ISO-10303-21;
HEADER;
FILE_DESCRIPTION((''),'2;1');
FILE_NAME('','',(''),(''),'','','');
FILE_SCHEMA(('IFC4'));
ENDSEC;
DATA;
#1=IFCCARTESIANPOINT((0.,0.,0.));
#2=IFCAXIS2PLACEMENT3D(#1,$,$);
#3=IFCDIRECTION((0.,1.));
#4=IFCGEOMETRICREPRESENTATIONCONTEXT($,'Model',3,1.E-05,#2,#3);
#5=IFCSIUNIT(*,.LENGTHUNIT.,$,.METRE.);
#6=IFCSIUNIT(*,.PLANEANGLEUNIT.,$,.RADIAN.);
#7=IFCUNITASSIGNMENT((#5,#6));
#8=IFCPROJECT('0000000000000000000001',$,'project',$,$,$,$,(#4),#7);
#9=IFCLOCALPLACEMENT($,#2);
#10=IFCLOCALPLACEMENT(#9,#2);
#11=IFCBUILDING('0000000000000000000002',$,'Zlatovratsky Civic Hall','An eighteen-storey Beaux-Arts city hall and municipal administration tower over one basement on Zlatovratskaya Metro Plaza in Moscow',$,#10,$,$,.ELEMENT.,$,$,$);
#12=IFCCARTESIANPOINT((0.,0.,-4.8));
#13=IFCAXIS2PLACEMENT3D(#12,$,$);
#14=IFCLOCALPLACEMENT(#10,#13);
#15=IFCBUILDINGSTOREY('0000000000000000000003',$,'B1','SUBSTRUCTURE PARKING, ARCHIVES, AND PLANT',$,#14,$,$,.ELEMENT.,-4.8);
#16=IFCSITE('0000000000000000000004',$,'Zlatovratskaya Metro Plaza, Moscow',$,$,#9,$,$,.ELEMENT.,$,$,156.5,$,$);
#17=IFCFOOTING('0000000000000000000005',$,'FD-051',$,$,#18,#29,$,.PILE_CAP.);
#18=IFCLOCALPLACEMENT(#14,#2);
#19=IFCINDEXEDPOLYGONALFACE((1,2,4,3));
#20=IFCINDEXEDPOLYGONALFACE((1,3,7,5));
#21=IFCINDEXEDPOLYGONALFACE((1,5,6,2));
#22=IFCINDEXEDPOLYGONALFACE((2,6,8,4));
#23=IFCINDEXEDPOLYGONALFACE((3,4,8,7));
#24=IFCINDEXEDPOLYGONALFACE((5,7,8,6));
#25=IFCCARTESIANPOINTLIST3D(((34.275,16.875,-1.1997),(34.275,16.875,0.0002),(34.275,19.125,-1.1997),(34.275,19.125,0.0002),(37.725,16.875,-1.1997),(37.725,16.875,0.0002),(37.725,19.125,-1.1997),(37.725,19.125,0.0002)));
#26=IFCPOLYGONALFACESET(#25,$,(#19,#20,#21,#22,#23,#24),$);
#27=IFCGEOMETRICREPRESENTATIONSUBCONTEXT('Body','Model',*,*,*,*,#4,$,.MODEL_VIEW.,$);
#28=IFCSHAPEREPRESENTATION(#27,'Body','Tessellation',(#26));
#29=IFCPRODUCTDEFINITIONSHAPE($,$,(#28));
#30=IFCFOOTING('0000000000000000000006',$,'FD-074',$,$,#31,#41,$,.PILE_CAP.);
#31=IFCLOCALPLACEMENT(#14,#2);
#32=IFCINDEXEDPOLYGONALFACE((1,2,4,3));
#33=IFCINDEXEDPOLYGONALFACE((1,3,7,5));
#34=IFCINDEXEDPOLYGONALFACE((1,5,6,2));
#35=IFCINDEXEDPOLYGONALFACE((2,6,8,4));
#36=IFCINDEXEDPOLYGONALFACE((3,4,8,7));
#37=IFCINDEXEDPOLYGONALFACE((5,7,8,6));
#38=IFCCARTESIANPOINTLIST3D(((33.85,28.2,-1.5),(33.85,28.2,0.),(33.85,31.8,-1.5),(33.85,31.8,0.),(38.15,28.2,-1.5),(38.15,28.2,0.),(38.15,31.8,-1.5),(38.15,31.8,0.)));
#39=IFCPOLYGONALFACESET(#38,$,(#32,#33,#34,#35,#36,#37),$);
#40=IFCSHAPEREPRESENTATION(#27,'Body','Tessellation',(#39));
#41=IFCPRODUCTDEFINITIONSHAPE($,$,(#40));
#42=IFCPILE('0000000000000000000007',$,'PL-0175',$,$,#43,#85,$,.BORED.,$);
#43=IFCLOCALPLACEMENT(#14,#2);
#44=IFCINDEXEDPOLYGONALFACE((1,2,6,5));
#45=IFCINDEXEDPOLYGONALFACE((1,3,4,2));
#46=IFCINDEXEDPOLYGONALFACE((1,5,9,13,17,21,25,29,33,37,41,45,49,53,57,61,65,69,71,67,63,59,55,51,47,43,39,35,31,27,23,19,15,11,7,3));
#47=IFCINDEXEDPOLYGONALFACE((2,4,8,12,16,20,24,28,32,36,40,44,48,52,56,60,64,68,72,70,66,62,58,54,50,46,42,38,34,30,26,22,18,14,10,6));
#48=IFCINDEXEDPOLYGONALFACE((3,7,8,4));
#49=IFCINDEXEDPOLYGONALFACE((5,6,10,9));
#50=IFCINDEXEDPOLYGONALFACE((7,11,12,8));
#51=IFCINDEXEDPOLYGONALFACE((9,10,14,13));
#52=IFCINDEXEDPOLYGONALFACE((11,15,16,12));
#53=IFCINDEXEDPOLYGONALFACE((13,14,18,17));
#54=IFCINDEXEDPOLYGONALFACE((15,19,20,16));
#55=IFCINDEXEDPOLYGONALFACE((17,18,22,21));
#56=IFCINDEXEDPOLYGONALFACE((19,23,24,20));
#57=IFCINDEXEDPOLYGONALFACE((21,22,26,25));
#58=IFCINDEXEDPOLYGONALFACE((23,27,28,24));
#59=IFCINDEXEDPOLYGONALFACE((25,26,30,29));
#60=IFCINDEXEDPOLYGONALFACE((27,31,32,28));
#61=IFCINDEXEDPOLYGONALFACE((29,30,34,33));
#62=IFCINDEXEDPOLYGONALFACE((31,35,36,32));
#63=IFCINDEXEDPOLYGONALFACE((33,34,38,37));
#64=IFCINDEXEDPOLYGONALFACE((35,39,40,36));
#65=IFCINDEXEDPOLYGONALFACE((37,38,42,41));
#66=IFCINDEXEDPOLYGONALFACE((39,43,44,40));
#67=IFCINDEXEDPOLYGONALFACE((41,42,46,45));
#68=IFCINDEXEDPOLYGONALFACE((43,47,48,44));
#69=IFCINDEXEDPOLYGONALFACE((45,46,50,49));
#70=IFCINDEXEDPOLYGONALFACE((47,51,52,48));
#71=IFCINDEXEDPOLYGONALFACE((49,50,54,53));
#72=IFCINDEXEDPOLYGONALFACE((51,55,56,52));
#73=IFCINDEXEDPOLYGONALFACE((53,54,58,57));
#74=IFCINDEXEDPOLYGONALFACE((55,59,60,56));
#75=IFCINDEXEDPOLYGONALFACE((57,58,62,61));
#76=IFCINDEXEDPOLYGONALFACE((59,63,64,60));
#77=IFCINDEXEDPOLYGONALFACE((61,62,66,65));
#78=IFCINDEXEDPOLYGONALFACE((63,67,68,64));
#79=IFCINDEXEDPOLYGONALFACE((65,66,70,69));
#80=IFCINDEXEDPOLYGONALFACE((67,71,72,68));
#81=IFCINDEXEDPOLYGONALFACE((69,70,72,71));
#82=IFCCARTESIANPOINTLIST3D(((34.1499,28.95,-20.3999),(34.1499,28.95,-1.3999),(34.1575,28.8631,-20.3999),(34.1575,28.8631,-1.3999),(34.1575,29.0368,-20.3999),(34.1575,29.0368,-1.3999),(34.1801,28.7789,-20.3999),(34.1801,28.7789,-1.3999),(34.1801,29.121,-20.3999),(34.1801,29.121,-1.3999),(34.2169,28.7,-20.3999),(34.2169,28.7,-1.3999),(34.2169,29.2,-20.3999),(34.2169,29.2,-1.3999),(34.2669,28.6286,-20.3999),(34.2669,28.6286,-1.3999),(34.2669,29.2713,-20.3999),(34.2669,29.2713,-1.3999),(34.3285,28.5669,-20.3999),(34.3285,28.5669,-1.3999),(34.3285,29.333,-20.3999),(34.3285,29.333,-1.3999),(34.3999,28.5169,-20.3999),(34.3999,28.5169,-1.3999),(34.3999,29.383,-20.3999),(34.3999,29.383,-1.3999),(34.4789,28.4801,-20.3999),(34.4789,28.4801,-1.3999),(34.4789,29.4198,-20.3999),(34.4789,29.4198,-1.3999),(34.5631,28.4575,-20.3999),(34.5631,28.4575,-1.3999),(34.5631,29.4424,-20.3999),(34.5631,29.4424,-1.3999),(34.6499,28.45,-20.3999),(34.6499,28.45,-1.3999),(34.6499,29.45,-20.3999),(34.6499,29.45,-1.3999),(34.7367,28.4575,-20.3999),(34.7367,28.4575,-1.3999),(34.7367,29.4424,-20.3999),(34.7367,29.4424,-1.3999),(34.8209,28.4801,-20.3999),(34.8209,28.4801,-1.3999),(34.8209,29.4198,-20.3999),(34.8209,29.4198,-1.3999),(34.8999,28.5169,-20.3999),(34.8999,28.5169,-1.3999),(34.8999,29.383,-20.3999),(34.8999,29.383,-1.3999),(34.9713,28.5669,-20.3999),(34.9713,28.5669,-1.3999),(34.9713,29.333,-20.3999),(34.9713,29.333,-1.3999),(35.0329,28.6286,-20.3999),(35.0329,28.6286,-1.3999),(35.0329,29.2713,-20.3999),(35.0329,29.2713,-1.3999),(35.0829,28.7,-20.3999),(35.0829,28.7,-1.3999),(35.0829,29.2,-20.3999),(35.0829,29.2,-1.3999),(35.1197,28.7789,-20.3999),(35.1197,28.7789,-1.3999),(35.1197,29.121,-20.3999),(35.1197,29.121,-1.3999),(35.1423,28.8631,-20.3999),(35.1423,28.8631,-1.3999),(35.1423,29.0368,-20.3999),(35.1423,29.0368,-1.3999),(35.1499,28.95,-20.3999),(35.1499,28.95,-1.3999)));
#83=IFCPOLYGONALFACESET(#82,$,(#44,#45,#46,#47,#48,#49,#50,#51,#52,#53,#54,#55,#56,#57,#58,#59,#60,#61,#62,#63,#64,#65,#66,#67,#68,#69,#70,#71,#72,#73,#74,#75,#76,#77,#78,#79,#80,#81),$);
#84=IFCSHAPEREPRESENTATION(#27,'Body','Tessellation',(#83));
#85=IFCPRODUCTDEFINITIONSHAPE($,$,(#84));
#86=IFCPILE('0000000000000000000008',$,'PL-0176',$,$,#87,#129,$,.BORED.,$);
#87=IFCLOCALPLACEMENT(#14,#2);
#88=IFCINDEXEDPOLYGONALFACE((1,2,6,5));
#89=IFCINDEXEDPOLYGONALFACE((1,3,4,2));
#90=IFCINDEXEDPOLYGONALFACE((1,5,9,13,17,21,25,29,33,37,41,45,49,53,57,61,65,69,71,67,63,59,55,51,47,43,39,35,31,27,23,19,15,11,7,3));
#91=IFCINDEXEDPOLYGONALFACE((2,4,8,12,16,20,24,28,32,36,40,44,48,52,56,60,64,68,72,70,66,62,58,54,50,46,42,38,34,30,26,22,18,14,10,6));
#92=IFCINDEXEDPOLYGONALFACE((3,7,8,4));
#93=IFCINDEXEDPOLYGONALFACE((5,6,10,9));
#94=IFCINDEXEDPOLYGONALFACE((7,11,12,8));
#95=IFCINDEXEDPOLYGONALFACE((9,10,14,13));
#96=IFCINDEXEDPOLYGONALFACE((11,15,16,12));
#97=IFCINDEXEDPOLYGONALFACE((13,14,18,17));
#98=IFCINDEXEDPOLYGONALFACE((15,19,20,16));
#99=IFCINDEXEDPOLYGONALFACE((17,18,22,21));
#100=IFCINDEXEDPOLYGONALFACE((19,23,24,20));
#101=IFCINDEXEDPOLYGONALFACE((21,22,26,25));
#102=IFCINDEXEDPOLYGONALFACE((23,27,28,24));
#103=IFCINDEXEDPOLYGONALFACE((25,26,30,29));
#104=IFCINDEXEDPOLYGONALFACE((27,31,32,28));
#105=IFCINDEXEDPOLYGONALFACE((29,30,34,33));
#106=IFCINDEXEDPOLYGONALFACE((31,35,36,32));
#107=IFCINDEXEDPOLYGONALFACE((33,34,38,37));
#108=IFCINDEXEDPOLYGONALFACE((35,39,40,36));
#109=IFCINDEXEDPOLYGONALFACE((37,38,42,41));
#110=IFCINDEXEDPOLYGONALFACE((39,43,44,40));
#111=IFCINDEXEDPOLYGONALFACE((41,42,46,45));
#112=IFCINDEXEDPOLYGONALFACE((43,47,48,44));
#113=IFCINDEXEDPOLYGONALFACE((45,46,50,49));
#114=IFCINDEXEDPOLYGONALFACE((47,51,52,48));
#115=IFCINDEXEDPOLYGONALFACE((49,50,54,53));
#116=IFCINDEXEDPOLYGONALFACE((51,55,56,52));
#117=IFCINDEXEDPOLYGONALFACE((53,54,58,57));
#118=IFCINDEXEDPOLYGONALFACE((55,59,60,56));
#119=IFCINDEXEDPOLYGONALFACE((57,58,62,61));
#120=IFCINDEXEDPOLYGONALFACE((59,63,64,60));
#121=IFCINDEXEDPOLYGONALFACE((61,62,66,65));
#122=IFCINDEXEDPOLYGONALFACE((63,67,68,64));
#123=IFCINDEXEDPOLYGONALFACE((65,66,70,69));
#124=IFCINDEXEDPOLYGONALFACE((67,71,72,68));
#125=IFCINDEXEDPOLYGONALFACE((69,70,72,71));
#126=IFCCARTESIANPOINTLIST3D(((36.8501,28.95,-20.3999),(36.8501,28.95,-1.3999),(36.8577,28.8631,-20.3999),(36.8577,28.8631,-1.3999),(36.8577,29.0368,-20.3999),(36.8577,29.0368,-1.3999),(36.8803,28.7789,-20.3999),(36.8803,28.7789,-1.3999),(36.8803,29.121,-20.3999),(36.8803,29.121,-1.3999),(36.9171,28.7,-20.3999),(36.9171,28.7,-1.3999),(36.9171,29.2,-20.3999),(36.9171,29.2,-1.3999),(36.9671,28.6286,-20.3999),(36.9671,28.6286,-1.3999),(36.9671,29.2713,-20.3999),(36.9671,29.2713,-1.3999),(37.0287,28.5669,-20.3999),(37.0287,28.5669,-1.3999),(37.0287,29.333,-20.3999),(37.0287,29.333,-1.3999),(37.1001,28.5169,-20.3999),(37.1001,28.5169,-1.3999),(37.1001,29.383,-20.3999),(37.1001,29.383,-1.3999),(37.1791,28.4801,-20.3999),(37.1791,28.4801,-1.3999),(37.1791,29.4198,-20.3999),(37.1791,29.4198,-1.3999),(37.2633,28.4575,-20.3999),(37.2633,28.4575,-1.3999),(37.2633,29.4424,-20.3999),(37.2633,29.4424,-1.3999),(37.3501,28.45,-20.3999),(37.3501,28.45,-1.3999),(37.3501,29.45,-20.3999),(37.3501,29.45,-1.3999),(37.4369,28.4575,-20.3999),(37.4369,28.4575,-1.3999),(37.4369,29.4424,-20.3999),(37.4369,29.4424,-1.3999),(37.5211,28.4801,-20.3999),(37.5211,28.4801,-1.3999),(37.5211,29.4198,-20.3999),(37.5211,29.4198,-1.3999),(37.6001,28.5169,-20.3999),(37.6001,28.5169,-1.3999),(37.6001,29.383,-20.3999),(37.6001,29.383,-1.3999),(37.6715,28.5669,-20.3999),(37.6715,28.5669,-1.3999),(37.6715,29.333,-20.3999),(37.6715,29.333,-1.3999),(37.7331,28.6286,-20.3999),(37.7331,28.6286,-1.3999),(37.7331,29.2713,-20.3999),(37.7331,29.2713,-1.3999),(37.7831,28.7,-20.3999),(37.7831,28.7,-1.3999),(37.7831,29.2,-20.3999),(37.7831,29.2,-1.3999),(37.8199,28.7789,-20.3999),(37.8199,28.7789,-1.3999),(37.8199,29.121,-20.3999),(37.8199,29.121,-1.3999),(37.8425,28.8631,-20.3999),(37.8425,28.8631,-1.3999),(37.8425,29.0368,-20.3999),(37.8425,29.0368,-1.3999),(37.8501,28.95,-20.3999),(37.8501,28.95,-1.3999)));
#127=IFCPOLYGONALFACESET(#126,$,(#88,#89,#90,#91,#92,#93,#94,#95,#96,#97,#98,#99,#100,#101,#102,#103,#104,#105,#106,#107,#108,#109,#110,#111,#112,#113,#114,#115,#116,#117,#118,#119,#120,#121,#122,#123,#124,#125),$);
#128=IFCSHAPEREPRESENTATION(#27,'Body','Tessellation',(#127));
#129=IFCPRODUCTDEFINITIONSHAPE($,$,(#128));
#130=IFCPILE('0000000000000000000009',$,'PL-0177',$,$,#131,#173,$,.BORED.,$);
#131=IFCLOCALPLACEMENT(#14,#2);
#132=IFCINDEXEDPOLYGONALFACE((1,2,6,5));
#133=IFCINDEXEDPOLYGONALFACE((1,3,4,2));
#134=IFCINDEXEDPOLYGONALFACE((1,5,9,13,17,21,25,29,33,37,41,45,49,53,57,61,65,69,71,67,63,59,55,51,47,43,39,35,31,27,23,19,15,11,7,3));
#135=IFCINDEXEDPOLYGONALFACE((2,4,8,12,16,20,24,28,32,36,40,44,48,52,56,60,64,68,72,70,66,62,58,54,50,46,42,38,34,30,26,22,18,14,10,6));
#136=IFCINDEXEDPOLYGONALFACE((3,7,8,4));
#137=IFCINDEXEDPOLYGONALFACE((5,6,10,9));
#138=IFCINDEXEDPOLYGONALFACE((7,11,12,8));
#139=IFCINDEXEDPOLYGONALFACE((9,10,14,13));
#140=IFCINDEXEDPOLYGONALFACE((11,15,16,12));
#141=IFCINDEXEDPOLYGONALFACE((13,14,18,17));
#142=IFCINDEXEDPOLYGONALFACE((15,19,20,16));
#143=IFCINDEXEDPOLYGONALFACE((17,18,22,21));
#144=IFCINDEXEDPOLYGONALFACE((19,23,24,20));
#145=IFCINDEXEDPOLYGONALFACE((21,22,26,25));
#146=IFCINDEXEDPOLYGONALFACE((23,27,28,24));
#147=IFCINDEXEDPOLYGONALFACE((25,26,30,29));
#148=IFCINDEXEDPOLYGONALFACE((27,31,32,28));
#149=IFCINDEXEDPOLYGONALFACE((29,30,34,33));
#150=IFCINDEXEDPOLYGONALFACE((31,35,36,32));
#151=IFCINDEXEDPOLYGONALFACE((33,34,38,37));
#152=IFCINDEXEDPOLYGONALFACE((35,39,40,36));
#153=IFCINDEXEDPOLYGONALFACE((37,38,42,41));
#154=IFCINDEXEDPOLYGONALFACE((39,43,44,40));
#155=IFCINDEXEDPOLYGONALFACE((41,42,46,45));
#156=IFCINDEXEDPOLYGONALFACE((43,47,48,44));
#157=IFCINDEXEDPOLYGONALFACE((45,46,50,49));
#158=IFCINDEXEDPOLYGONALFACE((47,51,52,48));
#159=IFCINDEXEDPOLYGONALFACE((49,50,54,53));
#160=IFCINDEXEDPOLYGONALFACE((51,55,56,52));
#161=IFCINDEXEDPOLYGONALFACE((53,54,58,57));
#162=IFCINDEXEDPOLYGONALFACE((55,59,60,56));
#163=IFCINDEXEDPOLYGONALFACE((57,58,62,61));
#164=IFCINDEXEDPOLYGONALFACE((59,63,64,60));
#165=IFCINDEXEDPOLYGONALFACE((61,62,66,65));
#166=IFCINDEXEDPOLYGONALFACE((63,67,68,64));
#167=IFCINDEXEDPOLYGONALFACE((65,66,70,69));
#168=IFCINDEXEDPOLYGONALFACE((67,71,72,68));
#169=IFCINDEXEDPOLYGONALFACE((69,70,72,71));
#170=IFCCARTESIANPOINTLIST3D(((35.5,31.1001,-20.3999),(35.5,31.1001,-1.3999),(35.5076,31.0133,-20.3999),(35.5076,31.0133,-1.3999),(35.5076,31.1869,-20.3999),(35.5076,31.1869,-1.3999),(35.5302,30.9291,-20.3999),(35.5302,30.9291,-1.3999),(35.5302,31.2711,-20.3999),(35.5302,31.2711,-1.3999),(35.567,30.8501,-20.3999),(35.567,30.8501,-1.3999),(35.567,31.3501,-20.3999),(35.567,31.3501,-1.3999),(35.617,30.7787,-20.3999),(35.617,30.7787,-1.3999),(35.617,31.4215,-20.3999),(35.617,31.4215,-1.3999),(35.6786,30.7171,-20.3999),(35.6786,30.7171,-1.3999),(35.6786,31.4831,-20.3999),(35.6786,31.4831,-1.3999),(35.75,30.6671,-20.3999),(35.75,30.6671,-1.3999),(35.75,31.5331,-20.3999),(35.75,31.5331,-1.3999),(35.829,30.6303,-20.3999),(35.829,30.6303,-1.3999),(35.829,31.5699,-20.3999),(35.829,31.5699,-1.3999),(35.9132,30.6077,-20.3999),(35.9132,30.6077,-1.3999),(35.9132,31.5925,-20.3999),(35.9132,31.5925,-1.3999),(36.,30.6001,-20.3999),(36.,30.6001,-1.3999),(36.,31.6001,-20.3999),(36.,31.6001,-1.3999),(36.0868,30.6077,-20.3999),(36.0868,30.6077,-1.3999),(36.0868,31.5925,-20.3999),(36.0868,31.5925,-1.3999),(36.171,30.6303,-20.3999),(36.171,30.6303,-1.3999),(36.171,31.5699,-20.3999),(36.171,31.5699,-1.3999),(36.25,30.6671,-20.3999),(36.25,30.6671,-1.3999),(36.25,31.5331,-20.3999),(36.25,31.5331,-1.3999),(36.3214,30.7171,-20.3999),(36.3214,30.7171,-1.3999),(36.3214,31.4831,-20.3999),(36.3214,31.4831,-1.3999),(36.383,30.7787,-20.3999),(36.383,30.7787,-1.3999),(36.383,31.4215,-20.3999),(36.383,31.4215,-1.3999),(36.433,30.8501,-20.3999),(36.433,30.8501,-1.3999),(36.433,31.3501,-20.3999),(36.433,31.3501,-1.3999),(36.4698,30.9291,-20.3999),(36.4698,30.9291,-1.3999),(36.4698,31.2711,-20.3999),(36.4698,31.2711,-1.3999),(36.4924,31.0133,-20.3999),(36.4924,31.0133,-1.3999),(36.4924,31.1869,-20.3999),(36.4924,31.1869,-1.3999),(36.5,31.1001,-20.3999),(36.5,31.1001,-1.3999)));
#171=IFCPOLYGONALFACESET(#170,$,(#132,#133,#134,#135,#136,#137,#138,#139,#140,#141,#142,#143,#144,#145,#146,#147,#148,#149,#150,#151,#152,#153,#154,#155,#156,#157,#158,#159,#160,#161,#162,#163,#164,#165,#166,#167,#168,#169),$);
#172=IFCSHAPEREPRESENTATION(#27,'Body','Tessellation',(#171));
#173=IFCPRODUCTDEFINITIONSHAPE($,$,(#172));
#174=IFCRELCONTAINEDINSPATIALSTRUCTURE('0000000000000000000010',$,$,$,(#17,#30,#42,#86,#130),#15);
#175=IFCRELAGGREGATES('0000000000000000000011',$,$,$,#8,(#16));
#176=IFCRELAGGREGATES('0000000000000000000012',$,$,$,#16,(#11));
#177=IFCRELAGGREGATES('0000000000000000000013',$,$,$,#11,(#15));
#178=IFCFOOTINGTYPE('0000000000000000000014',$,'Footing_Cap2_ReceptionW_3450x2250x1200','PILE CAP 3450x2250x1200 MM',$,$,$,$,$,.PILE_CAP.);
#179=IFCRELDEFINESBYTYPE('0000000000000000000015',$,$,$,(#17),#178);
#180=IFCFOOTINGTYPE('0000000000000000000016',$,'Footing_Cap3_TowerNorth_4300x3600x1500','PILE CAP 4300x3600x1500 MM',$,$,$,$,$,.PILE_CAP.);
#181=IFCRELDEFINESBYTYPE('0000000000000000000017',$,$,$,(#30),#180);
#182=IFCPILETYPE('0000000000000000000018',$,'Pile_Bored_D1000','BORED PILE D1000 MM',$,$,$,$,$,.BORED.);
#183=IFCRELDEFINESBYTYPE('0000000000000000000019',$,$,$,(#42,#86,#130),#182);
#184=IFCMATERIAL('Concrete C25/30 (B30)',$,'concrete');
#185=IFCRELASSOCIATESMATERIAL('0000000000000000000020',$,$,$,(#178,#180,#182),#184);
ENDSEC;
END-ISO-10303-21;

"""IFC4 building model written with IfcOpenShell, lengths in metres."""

from ifc_helpers import new_model, si_unit, direction, frame, origin, origin_2d, place, context, subcontext, project, spatial, rectangle, circle, extrude, material, material_profile, profile_set, type_object, element, save


model = new_model("IFC4")

# Units and contexts
model_context = context("Model", 3, precision=1e-05, world=origin(), true_north=direction((0.0, 1.0)))
body_context = subcontext(model_context, "Body", "Model", "MODEL_VIEW")
ifc_project = project(units=[si_unit("LENGTHUNIT", "METRE"), si_unit("PLANEANGLEUNIT", "RADIAN")], contexts=[model_context])

# Site, building, storey
site_placement = place(None, origin())
site = spatial("IfcSite", under=ifc_project, at=site_placement, Name="Zlatovratskaya Metro Plaza, Moscow", CompositionType="ELEMENT", RefElevation=156.5)
building_placement = place(site_placement, origin())
building = spatial("IfcBuilding", under=site, at=building_placement, Name="Zlatovratsky Civic Hall", Description="An eighteen-storey Beaux-Arts city hall and municipal administration tower over one basement on Zlatovratskaya Metro Plaza in Moscow", CompositionType="ELEMENT")
storey_placement = place(building_placement, frame((0.0, 0.0, -4.8)))
storey = spatial("IfcBuildingStorey", under=building, at=storey_placement, Name="B1", Description="SUBSTRUCTURE PARKING, ARCHIVES, AND PLANT", CompositionType="ELEMENT", Elevation=-4.8)

# Footings
ifc_material_1 = material(Name="Concrete C25/30 (B30)", Category="concrete")
footing_type_1 = type_object("IfcFootingType", Name="Footing_Cap2_ReceptionW_3450x2250x1200", Description="PILE CAP 3450x2250x1200 MM", PredefinedType="PILE_CAP", material=ifc_material_1)
footing_1_placement = place(storey_placement, frame((36.0, 18.0, -1.1997), z_axis=(0.0, 0.0, 1.0), x_axis=(1.0, 0.0, 0.0)))
element("IfcFooting", 1, at=footing_1_placement, inside=storey, type_object=footing_type_1, Name="FD-051", PredefinedType="PILE_CAP", context=body_context, shape_type="SweptSolid", body=[
    extrude(rectangle(XDim=3.45, YDim=2.25, at=origin_2d()), origin(), (0.0, 0.0, 1.0), 1.2),
])
footing_type_2 = type_object("IfcFootingType", Name="Footing_Cap3_TowerNorth_4300x3600x1500", Description="PILE CAP 4300x3600x1500 MM", PredefinedType="PILE_CAP", material=ifc_material_1)
footing_2_placement = place(storey_placement, frame((36.0, 30.0, -1.5), z_axis=(0.0, 0.0, 1.0), x_axis=(1.0, 0.0, 0.0)))
element("IfcFooting", 2, at=footing_2_placement, inside=storey, type_object=footing_type_2, Name="FD-074", PredefinedType="PILE_CAP", context=body_context, shape_type="SweptSolid", body=[
    extrude(rectangle(XDim=4.3, YDim=3.6001, at=origin_2d()), origin(), (0.0, 0.0, 1.0), 1.5),
])

# Piles
ifc_material_profile_1 = material_profile(ifc_material_1, circle(Radius=0.5, at=origin_2d()), Name="PILE D1000")
ifc_profile_set_1 = profile_set([ifc_material_profile_1], Name="Concrete C25/30 (B30)")
pile_type_1 = type_object("IfcPileType", Name="Pile_Bored_D1000", Description="BORED PILE D1000 MM", PredefinedType="BORED", material=ifc_profile_set_1)
for number, where, z_axis, x_axis, name in (
    (3, (34.6499, 28.95, -1.3999), (0.0, 0.0, -1.0), (1.0, 0.0, 0.0), "PL-0175"),
    (4, (37.3501, 28.95, -1.3999), (0.0, 0.0, -1.0), (1.0, 0.0, 0.0), "PL-0176"),
    (5, (36.0, 31.1001, -1.3999), (0.0, 0.0, -1.0), (1.0, 0.0, 0.0), "PL-0177"),
):
    element("IfcPile", number, at=place(storey_placement, frame(where, z_axis=z_axis, x_axis=x_axis)), inside=storey, type_object=pile_type_1, Name=name, PredefinedType="BORED", context=body_context, shape_type="SweptSolid", body=[
        extrude(circle(Radius=0.5, at=origin_2d()), origin(), (0.0, 0.0, 1.0), 19.0),
    ])

save(model, "model.ifc")
